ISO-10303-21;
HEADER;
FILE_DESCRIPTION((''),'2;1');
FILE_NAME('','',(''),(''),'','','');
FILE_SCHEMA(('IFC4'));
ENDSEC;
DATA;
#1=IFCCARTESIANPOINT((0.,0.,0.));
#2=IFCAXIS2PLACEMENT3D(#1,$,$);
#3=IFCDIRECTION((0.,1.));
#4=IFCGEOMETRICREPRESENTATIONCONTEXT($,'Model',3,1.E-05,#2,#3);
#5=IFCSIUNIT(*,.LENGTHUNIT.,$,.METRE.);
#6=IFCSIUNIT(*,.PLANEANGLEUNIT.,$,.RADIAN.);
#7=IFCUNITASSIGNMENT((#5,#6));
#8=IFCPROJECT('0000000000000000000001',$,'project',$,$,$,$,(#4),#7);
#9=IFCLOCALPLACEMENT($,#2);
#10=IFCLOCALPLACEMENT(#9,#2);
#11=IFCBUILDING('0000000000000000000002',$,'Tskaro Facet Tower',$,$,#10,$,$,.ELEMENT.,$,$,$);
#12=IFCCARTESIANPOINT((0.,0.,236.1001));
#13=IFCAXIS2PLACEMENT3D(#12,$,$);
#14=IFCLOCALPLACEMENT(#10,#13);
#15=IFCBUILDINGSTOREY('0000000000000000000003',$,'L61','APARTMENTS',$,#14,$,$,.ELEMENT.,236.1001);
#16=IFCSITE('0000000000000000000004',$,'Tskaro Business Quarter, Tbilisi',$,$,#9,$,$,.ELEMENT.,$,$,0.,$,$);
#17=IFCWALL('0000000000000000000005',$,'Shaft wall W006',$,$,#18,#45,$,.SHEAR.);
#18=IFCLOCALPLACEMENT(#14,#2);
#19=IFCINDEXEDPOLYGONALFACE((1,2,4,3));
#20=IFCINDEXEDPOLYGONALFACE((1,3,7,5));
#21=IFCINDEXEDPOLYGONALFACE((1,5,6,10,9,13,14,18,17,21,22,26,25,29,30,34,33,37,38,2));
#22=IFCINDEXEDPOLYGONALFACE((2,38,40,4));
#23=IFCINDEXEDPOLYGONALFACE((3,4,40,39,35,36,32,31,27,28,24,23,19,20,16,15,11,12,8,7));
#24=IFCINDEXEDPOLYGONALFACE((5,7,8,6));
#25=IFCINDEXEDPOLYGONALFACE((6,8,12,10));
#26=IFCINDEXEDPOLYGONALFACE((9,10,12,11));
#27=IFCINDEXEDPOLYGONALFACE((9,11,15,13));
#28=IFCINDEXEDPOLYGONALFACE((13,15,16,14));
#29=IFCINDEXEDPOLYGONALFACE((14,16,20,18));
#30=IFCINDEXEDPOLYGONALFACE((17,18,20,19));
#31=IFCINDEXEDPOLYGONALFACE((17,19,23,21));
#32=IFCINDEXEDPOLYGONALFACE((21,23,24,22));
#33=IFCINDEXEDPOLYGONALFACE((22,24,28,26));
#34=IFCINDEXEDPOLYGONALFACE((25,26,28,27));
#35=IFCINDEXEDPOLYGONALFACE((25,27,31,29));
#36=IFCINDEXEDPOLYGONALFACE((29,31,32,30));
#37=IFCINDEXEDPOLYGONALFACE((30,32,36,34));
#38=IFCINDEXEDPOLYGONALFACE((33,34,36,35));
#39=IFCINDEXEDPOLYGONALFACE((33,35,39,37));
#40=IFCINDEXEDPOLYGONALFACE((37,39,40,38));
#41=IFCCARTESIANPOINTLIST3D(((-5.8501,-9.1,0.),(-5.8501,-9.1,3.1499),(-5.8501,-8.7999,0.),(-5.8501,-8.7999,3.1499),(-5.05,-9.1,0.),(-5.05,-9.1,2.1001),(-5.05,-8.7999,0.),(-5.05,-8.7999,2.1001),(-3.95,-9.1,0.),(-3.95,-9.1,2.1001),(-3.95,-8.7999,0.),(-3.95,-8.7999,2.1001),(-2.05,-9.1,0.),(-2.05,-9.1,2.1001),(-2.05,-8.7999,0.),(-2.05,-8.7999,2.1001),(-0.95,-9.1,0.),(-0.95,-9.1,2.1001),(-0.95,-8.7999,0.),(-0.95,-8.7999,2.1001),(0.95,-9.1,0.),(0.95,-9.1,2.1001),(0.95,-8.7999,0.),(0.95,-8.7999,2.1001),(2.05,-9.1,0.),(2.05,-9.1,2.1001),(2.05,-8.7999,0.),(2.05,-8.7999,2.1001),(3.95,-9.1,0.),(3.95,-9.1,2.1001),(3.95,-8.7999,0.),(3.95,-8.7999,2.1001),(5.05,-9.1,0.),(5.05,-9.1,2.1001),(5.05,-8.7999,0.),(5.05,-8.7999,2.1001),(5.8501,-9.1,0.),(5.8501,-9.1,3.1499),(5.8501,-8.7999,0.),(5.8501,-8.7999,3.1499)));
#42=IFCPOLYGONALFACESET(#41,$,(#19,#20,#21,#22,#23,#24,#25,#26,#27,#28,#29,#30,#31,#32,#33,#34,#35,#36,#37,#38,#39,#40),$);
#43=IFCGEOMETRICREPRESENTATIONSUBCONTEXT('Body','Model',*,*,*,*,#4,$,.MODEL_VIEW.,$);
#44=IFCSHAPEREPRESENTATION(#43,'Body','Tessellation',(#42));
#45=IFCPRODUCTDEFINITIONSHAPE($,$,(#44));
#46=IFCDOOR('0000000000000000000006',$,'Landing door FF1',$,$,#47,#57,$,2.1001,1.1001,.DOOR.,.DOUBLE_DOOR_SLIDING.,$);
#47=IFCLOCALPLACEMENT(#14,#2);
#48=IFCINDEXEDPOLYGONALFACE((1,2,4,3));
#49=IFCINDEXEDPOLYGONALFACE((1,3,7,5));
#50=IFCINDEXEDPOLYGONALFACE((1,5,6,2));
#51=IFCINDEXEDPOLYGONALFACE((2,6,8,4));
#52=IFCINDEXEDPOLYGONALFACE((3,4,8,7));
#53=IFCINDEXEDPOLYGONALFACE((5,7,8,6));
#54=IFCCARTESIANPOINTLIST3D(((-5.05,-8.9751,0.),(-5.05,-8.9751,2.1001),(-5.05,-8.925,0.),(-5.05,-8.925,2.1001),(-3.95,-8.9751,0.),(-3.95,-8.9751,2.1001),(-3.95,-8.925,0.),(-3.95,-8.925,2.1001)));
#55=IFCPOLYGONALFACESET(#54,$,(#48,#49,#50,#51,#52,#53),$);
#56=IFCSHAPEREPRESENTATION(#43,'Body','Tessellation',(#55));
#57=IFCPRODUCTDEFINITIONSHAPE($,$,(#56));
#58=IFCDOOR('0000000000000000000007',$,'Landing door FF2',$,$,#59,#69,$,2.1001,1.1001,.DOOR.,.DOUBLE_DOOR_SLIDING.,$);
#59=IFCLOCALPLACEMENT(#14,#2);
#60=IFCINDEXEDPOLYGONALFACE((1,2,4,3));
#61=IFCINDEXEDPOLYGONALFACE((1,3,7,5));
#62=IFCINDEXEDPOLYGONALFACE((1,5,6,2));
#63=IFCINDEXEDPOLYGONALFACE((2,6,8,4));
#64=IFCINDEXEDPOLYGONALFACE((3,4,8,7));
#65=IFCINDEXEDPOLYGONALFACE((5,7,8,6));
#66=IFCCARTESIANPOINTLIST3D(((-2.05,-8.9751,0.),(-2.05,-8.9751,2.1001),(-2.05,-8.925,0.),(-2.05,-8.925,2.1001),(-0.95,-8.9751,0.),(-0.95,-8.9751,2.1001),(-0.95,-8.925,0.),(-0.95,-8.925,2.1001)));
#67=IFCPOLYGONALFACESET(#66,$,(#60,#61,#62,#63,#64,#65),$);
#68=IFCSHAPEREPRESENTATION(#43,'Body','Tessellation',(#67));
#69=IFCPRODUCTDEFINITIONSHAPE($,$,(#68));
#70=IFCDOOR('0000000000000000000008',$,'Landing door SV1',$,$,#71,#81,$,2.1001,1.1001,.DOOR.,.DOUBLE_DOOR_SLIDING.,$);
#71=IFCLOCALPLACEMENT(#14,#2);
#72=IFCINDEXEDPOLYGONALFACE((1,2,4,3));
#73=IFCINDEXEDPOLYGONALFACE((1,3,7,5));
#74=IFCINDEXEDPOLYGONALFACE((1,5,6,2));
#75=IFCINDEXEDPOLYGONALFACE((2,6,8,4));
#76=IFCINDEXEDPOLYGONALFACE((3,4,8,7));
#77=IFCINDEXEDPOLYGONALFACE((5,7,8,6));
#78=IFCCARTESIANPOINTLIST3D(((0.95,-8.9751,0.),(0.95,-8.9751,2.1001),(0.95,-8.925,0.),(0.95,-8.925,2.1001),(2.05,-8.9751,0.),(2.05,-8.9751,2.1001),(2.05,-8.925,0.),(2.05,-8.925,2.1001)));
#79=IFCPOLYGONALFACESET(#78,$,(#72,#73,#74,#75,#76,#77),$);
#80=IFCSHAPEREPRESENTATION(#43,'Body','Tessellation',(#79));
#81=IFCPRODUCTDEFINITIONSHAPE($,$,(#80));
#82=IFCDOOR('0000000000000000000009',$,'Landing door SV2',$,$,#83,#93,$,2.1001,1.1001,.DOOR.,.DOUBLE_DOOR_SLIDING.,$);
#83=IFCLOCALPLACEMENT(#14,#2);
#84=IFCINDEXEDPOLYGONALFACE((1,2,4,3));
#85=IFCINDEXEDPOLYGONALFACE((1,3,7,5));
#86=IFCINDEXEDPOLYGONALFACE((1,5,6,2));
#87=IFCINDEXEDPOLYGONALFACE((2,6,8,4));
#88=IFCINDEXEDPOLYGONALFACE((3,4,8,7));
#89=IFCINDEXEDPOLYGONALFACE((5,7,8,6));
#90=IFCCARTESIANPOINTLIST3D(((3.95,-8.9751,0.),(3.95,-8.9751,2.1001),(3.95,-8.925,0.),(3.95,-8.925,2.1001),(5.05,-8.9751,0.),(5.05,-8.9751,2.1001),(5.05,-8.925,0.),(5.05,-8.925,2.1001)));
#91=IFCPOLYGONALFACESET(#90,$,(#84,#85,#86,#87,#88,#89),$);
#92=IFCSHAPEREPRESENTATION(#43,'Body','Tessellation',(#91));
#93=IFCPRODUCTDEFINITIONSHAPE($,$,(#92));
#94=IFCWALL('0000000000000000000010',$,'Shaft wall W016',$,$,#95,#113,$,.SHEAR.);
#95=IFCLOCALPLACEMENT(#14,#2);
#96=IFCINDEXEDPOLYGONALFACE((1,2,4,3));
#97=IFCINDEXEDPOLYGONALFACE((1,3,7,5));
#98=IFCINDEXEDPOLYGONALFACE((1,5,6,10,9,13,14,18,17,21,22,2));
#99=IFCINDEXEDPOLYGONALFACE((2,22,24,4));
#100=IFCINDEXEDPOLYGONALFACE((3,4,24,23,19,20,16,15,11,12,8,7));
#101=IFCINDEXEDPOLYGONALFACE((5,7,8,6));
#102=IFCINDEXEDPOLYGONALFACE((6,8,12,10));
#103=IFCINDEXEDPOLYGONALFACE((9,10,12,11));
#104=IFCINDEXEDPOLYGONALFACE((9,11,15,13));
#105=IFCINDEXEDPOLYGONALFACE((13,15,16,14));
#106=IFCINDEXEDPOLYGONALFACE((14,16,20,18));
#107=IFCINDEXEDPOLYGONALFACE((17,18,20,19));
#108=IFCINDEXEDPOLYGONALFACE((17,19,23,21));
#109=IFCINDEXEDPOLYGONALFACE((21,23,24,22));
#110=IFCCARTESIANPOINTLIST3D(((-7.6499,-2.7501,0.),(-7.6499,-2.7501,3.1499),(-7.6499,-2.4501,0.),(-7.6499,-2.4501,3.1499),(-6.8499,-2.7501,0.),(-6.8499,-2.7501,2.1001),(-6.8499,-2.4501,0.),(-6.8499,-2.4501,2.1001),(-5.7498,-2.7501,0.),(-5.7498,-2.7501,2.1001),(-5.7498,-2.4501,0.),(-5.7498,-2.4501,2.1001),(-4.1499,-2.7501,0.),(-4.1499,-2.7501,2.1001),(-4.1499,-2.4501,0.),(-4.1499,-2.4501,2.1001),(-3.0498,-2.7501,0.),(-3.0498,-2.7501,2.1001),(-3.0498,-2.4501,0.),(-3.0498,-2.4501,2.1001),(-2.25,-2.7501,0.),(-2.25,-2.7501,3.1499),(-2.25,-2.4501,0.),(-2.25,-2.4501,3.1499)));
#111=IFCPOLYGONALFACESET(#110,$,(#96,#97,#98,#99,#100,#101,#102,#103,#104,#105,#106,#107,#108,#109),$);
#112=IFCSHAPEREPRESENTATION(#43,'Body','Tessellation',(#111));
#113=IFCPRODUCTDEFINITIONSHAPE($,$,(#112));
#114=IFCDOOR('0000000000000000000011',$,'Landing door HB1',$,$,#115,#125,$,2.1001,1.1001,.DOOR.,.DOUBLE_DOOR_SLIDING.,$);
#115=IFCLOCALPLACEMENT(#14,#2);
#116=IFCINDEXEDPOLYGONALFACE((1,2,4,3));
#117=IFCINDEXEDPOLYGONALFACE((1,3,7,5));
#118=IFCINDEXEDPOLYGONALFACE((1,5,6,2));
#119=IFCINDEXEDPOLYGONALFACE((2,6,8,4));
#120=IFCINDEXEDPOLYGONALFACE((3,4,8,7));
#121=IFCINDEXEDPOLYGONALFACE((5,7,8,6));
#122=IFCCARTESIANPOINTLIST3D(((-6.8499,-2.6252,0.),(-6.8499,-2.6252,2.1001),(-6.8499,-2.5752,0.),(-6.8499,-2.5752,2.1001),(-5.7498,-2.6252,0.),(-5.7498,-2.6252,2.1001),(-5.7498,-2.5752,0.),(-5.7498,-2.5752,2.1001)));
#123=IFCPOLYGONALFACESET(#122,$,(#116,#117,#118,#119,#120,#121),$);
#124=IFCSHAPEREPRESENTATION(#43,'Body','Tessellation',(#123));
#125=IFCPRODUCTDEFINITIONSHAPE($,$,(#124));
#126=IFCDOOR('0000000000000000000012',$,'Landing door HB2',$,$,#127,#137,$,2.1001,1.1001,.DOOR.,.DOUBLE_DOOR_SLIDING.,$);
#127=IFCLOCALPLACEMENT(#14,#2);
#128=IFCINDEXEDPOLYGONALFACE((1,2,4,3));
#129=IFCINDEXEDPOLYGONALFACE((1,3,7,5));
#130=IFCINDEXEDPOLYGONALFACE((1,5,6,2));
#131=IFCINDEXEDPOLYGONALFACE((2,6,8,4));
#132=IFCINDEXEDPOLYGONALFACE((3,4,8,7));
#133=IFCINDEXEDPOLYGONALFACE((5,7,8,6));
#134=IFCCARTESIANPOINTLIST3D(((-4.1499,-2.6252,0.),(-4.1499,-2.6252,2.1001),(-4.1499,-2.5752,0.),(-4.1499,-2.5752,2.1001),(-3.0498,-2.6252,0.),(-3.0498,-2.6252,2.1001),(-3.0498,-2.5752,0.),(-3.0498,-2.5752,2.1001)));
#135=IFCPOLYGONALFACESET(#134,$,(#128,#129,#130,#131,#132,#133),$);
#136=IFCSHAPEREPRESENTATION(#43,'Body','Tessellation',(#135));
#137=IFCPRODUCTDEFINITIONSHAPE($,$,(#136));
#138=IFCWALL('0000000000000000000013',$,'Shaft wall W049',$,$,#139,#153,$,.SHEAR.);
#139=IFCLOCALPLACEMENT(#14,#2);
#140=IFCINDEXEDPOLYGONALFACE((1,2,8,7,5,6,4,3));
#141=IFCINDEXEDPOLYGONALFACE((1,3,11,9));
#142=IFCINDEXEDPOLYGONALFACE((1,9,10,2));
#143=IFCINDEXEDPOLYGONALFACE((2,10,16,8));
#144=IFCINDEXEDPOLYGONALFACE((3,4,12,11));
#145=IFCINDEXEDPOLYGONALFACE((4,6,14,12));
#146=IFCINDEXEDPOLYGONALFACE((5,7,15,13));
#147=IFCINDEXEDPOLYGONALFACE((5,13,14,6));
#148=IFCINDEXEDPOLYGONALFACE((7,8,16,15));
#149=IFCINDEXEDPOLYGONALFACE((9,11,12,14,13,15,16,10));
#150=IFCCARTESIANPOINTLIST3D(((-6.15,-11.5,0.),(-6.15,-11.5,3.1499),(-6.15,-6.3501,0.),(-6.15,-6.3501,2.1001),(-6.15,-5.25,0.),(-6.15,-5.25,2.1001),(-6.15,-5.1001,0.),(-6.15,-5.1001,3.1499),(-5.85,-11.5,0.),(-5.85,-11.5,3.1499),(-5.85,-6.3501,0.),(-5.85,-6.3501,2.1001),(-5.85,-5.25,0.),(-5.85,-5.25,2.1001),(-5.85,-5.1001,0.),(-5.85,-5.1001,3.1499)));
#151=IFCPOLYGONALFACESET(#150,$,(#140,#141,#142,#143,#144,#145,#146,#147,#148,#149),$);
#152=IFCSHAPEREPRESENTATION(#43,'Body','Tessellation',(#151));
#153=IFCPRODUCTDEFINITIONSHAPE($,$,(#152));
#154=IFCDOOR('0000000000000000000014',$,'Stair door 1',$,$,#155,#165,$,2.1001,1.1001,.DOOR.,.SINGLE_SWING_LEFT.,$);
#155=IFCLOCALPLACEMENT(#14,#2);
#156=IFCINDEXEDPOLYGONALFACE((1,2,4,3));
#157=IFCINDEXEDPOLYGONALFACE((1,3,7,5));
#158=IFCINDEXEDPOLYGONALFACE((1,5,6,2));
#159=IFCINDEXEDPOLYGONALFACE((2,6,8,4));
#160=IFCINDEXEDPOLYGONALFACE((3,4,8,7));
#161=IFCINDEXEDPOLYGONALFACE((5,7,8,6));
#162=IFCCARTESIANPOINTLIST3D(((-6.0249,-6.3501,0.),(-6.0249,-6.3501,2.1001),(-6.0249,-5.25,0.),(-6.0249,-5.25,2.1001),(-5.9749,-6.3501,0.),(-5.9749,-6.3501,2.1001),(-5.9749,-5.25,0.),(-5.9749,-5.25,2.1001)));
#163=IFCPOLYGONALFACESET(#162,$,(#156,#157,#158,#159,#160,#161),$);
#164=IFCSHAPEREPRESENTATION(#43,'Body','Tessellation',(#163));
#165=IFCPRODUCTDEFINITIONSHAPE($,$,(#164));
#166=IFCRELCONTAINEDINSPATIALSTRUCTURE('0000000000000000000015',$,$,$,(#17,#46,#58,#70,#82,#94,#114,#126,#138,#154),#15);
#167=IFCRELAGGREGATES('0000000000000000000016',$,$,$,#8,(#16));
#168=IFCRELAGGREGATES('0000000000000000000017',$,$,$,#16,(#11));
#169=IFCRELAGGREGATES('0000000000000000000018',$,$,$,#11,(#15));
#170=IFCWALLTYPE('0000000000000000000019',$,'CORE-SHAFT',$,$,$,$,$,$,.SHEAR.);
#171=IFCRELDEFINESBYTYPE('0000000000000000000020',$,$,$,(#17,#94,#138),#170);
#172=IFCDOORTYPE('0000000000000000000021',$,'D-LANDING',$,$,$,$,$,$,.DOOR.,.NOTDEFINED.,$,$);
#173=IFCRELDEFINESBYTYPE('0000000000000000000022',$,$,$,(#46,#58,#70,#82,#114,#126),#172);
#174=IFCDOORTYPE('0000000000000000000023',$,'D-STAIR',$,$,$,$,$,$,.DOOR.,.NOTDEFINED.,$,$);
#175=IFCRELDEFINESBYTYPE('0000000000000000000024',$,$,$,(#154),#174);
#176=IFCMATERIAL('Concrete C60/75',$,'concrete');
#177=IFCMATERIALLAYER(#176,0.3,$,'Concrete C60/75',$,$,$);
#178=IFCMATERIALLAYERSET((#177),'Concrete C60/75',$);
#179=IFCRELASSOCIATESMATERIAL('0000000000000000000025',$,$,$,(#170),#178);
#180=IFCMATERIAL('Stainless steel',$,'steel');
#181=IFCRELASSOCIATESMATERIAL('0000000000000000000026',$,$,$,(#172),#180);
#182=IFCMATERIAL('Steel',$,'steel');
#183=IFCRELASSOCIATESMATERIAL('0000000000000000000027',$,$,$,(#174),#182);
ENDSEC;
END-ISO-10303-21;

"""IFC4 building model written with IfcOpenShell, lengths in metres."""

from ifc_helpers import new_model, si_unit, direction, frame, frame_2d, origin, place, context, subcontext, project, spatial, rectangle, extrude, material, layer, layer_set, type_object, element, fill, save


model = new_model("IFC4")

# Units and contexts
model_context = context("Model", 3, precision=1e-05, world=origin(), true_north=direction((0.0, 1.0)))
body_context = subcontext(model_context, "Body", "Model", "MODEL_VIEW")
ifc_project = project(units=[si_unit("LENGTHUNIT", "METRE"), si_unit("PLANEANGLEUNIT", "RADIAN")], contexts=[model_context])

# Site, building, storey
site_placement = place(None, origin())
site = spatial("IfcSite", under=ifc_project, at=site_placement, Name="Tskaro Business Quarter, Tbilisi", CompositionType="ELEMENT", RefElevation=0.0)
building_placement = place(site_placement, origin())
building = spatial("IfcBuilding", under=site, at=building_placement, Name="Tskaro Facet Tower", CompositionType="ELEMENT")
storey_placement = place(building_placement, frame((0.0, 0.0, 236.1001)))
storey = spatial("IfcBuildingStorey", under=building, at=storey_placement, Name="L61", Description="APARTMENTS", CompositionType="ELEMENT", Elevation=236.1001)

# Walls, openings, doors
ifc_material_1 = material(Name="Concrete C60/75", Category="concrete")
ifc_layer = layer(ifc_material_1, 0.3, Name="Concrete C60/75")
ifc_layer_set = layer_set([ifc_layer], Name="Concrete C60/75")
wall_type = type_object("IfcWallType", Name="CORE-SHAFT", PredefinedType="SHEAR", material=ifc_layer_set)
wall_1_placement = place(storey_placement, frame((-5.8501, -8.95, 0.0), z_axis=(0.0, 0.0, 1.0), x_axis=(1.0, 0.0, 0.0)))
wall_1 = element("IfcWall", 1, at=wall_1_placement, inside=storey, type_object=wall_type, Name="Shaft wall W006", PredefinedType="SHEAR", context=body_context, shape_type="SweptSolid", body=[
    extrude(rectangle(XDim=11.7002, YDim=0.3, at=frame_2d((5.8501, 0.0))), origin(), (0.0, 0.0, 1.0), 3.1499),
])
opening_1_placement = place(wall_1_placement, frame((0.8, 0.0, 0.0)))
opening_1 = element("IfcOpeningElement", 2, at=opening_1_placement, cuts=wall_1, PredefinedType="OPENING", context=body_context, shape_type="SweptSolid", body=[
    extrude(rectangle(XDim=1.1001, YDim=2.1001, at=frame_2d((0.55, 1.05))), frame((0.0, 0.1599, 0.0), z_axis=(0.0, -1.0, 0.0), x_axis=(1.0, 0.0, 0.0)), (0.0, 0.0, 1.0), 0.3201),
])
opening_2_placement = place(wall_1_placement, frame((3.8, 0.0, 0.0)))
opening_2 = element("IfcOpeningElement", 3, at=opening_2_placement, cuts=wall_1, PredefinedType="OPENING", context=body_context, shape_type="SweptSolid", body=[
    extrude(rectangle(XDim=1.1001, YDim=2.1001, at=frame_2d((0.55, 1.05))), frame((0.0, 0.1599, 0.0), z_axis=(0.0, -1.0, 0.0), x_axis=(1.0, 0.0, 0.0)), (0.0, 0.0, 1.0), 0.3201),
])
opening_3_placement = place(wall_1_placement, frame((6.8, 0.0, 0.0)))
opening_3 = element("IfcOpeningElement", 4, at=opening_3_placement, cuts=wall_1, PredefinedType="OPENING", context=body_context, shape_type="SweptSolid", body=[
    extrude(rectangle(XDim=1.1001, YDim=2.1001, at=frame_2d((0.55, 1.05))), frame((0.0, 0.1599, 0.0), z_axis=(0.0, -1.0, 0.0), x_axis=(1.0, 0.0, 0.0)), (0.0, 0.0, 1.0), 0.3201),
])
opening_4_placement = place(wall_1_placement, frame((9.8, 0.0, 0.0)))
opening_4 = element("IfcOpeningElement", 5, at=opening_4_placement, cuts=wall_1, PredefinedType="OPENING", context=body_context, shape_type="SweptSolid", body=[
    extrude(rectangle(XDim=1.1001, YDim=2.1001, at=frame_2d((0.55, 1.05))), frame((0.0, 0.1599, 0.0), z_axis=(0.0, -1.0, 0.0), x_axis=(1.0, 0.0, 0.0)), (0.0, 0.0, 1.0), 0.3201),
])
ifc_material_2 = material(Name="Stainless steel", Category="steel")
door_type_1 = type_object("IfcDoorType", Name="D-LANDING", OperationType="NOTDEFINED", PredefinedType="DOOR", material=ifc_material_2)
door_1_placement = place(opening_1_placement, origin())
door_1 = element("IfcDoor", 6, at=door_1_placement, inside=storey, type_object=door_type_1, Name="Landing door FF1", OperationType="DOUBLE_DOOR_SLIDING", OverallHeight=2.1001, OverallWidth=1.1001, PredefinedType="DOOR", context=body_context, shape_type="SweptSolid", body=[
    extrude(rectangle(XDim=1.1001, YDim=2.1001, at=frame_2d((0.55, 1.05))), frame((0.0, 0.0249, 0.0), z_axis=(0.0, -1.0, 0.0), x_axis=(1.0, 0.0, 0.0)), (0.0, 0.0, 1.0), 0.05),
])
fill(opening_1, door_1)
door_2_placement = place(opening_2_placement, origin())
door_2 = element("IfcDoor", 7, at=door_2_placement, inside=storey, type_object=door_type_1, Name="Landing door FF2", OperationType="DOUBLE_DOOR_SLIDING", OverallHeight=2.1001, OverallWidth=1.1001, PredefinedType="DOOR", context=body_context, shape_type="SweptSolid", body=[
    extrude(rectangle(XDim=1.1001, YDim=2.1001, at=frame_2d((0.55, 1.05))), frame((0.0, 0.0249, 0.0), z_axis=(0.0, -1.0, 0.0), x_axis=(1.0, 0.0, 0.0)), (0.0, 0.0, 1.0), 0.05),
])
fill(opening_2, door_2)
door_3_placement = place(opening_3_placement, origin())
door_3 = element("IfcDoor", 8, at=door_3_placement, inside=storey, type_object=door_type_1, Name="Landing door SV1", OperationType="DOUBLE_DOOR_SLIDING", OverallHeight=2.1001, OverallWidth=1.1001, PredefinedType="DOOR", context=body_context, shape_type="SweptSolid", body=[
    extrude(rectangle(XDim=1.1001, YDim=2.1001, at=frame_2d((0.55, 1.05))), frame((0.0, 0.0249, 0.0), z_axis=(0.0, -1.0, 0.0), x_axis=(1.0, 0.0, 0.0)), (0.0, 0.0, 1.0), 0.05),
])
fill(opening_3, door_3)
door_4_placement = place(opening_4_placement, origin())
door_4 = element("IfcDoor", 9, at=door_4_placement, inside=storey, type_object=door_type_1, Name="Landing door SV2", OperationType="DOUBLE_DOOR_SLIDING", OverallHeight=2.1001, OverallWidth=1.1001, PredefinedType="DOOR", context=body_context, shape_type="SweptSolid", body=[
    extrude(rectangle(XDim=1.1001, YDim=2.1001, at=frame_2d((0.55, 1.05))), frame((0.0, 0.0249, 0.0), z_axis=(0.0, -1.0, 0.0), x_axis=(1.0, 0.0, 0.0)), (0.0, 0.0, 1.0), 0.05),
])
fill(opening_4, door_4)
wall_2_placement = place(storey_placement, frame((-7.6499, -2.6001, 0.0), z_axis=(0.0, 0.0, 1.0), x_axis=(1.0, 0.0, 0.0)))
wall_2 = element("IfcWall", 10, at=wall_2_placement, inside=storey, type_object=wall_type, Name="Shaft wall W016", PredefinedType="SHEAR", context=body_context, shape_type="SweptSolid", body=[
    extrude(rectangle(XDim=5.3999, YDim=0.3, at=frame_2d((2.7, 0.0))), origin(), (0.0, 0.0, 1.0), 3.1499),
])
opening_5_placement = place(wall_2_placement, frame((0.8, 0.0, 0.0)))
opening_5 = element("IfcOpeningElement", 11, at=opening_5_placement, cuts=wall_2, PredefinedType="OPENING", context=body_context, shape_type="SweptSolid", body=[
    extrude(rectangle(XDim=1.1001, YDim=2.1001, at=frame_2d((0.55, 1.05))), frame((0.0, 0.1599, 0.0), z_axis=(0.0, -1.0, 0.0), x_axis=(1.0, 0.0, 0.0)), (0.0, 0.0, 1.0), 0.3201),
])
opening_6_placement = place(wall_2_placement, frame((3.5, 0.0, 0.0)))
opening_6 = element("IfcOpeningElement", 12, at=opening_6_placement, cuts=wall_2, PredefinedType="OPENING", context=body_context, shape_type="SweptSolid", body=[
    extrude(rectangle(XDim=1.1001, YDim=2.1001, at=frame_2d((0.55, 1.05))), frame((0.0, 0.1599, 0.0), z_axis=(0.0, -1.0, 0.0), x_axis=(1.0, 0.0, 0.0)), (0.0, 0.0, 1.0), 0.3201),
])
door_5_placement = place(opening_5_placement, origin())
door_5 = element("IfcDoor", 13, at=door_5_placement, inside=storey, type_object=door_type_1, Name="Landing door HB1", OperationType="DOUBLE_DOOR_SLIDING", OverallHeight=2.1001, OverallWidth=1.1001, PredefinedType="DOOR", context=body_context, shape_type="SweptSolid", body=[
    extrude(rectangle(XDim=1.1001, YDim=2.1001, at=frame_2d((0.55, 1.05))), frame((0.0, 0.0249, 0.0), z_axis=(0.0, -1.0, 0.0), x_axis=(1.0, 0.0, 0.0)), (0.0, 0.0, 1.0), 0.05),
])
fill(opening_5, door_5)
door_6_placement = place(opening_6_placement, origin())
door_6 = element("IfcDoor", 14, at=door_6_placement, inside=storey, type_object=door_type_1, Name="Landing door HB2", OperationType="DOUBLE_DOOR_SLIDING", OverallHeight=2.1001, OverallWidth=1.1001, PredefinedType="DOOR", context=body_context, shape_type="SweptSolid", body=[
    extrude(rectangle(XDim=1.1001, YDim=2.1001, at=frame_2d((0.55, 1.05))), frame((0.0, 0.0249, 0.0), z_axis=(0.0, -1.0, 0.0), x_axis=(1.0, 0.0, 0.0)), (0.0, 0.0, 1.0), 0.05),
])
fill(opening_6, door_6)

# Wall, opening, door
wall_3_placement = place(storey_placement, frame((-6.0, -11.5, 0.0), z_axis=(0.0, 0.0, 1.0), x_axis=(0.0, 1.0, 0.0)))
wall_3 = element("IfcWall", 15, at=wall_3_placement, inside=storey, type_object=wall_type, Name="Shaft wall W049", PredefinedType="SHEAR", context=body_context, shape_type="SweptSolid", body=[
    extrude(rectangle(XDim=6.3999, YDim=0.3, at=frame_2d((3.2, 0.0))), origin(), (0.0, 0.0, 1.0), 3.1499),
])
opening_7_placement = place(wall_3_placement, frame((5.1499, 0.0, 0.0)))
opening_7 = element("IfcOpeningElement", 16, at=opening_7_placement, cuts=wall_3, PredefinedType="OPENING", context=body_context, shape_type="SweptSolid", body=[
    extrude(rectangle(XDim=1.1001, YDim=2.1001, at=frame_2d((0.55, 1.05))), frame((0.0, 0.1599, 0.0), z_axis=(0.0, -1.0, 0.0), x_axis=(1.0, 0.0, 0.0)), (0.0, 0.0, 1.0), 0.3201),
])
ifc_material_3 = material(Name="Steel", Category="steel")
door_type_2 = type_object("IfcDoorType", Name="D-STAIR", OperationType="NOTDEFINED", PredefinedType="DOOR", material=ifc_material_3)
door_7_placement = place(opening_7_placement, origin())
door_7 = element("IfcDoor", 17, at=door_7_placement, inside=storey, type_object=door_type_2, Name="Stair door 1", OperationType="SINGLE_SWING_LEFT", OverallHeight=2.1001, OverallWidth=1.1001, PredefinedType="DOOR", context=body_context, shape_type="SweptSolid", body=[
    extrude(rectangle(XDim=1.1001, YDim=2.1001, at=frame_2d((0.55, 1.05))), frame((0.0, 0.0249, 0.0), z_axis=(0.0, -1.0, 0.0), x_axis=(1.0, 0.0, 0.0)), (0.0, 0.0, 1.0), 0.05),
])
fill(opening_7, door_7)

save(model, "model.ifc")
